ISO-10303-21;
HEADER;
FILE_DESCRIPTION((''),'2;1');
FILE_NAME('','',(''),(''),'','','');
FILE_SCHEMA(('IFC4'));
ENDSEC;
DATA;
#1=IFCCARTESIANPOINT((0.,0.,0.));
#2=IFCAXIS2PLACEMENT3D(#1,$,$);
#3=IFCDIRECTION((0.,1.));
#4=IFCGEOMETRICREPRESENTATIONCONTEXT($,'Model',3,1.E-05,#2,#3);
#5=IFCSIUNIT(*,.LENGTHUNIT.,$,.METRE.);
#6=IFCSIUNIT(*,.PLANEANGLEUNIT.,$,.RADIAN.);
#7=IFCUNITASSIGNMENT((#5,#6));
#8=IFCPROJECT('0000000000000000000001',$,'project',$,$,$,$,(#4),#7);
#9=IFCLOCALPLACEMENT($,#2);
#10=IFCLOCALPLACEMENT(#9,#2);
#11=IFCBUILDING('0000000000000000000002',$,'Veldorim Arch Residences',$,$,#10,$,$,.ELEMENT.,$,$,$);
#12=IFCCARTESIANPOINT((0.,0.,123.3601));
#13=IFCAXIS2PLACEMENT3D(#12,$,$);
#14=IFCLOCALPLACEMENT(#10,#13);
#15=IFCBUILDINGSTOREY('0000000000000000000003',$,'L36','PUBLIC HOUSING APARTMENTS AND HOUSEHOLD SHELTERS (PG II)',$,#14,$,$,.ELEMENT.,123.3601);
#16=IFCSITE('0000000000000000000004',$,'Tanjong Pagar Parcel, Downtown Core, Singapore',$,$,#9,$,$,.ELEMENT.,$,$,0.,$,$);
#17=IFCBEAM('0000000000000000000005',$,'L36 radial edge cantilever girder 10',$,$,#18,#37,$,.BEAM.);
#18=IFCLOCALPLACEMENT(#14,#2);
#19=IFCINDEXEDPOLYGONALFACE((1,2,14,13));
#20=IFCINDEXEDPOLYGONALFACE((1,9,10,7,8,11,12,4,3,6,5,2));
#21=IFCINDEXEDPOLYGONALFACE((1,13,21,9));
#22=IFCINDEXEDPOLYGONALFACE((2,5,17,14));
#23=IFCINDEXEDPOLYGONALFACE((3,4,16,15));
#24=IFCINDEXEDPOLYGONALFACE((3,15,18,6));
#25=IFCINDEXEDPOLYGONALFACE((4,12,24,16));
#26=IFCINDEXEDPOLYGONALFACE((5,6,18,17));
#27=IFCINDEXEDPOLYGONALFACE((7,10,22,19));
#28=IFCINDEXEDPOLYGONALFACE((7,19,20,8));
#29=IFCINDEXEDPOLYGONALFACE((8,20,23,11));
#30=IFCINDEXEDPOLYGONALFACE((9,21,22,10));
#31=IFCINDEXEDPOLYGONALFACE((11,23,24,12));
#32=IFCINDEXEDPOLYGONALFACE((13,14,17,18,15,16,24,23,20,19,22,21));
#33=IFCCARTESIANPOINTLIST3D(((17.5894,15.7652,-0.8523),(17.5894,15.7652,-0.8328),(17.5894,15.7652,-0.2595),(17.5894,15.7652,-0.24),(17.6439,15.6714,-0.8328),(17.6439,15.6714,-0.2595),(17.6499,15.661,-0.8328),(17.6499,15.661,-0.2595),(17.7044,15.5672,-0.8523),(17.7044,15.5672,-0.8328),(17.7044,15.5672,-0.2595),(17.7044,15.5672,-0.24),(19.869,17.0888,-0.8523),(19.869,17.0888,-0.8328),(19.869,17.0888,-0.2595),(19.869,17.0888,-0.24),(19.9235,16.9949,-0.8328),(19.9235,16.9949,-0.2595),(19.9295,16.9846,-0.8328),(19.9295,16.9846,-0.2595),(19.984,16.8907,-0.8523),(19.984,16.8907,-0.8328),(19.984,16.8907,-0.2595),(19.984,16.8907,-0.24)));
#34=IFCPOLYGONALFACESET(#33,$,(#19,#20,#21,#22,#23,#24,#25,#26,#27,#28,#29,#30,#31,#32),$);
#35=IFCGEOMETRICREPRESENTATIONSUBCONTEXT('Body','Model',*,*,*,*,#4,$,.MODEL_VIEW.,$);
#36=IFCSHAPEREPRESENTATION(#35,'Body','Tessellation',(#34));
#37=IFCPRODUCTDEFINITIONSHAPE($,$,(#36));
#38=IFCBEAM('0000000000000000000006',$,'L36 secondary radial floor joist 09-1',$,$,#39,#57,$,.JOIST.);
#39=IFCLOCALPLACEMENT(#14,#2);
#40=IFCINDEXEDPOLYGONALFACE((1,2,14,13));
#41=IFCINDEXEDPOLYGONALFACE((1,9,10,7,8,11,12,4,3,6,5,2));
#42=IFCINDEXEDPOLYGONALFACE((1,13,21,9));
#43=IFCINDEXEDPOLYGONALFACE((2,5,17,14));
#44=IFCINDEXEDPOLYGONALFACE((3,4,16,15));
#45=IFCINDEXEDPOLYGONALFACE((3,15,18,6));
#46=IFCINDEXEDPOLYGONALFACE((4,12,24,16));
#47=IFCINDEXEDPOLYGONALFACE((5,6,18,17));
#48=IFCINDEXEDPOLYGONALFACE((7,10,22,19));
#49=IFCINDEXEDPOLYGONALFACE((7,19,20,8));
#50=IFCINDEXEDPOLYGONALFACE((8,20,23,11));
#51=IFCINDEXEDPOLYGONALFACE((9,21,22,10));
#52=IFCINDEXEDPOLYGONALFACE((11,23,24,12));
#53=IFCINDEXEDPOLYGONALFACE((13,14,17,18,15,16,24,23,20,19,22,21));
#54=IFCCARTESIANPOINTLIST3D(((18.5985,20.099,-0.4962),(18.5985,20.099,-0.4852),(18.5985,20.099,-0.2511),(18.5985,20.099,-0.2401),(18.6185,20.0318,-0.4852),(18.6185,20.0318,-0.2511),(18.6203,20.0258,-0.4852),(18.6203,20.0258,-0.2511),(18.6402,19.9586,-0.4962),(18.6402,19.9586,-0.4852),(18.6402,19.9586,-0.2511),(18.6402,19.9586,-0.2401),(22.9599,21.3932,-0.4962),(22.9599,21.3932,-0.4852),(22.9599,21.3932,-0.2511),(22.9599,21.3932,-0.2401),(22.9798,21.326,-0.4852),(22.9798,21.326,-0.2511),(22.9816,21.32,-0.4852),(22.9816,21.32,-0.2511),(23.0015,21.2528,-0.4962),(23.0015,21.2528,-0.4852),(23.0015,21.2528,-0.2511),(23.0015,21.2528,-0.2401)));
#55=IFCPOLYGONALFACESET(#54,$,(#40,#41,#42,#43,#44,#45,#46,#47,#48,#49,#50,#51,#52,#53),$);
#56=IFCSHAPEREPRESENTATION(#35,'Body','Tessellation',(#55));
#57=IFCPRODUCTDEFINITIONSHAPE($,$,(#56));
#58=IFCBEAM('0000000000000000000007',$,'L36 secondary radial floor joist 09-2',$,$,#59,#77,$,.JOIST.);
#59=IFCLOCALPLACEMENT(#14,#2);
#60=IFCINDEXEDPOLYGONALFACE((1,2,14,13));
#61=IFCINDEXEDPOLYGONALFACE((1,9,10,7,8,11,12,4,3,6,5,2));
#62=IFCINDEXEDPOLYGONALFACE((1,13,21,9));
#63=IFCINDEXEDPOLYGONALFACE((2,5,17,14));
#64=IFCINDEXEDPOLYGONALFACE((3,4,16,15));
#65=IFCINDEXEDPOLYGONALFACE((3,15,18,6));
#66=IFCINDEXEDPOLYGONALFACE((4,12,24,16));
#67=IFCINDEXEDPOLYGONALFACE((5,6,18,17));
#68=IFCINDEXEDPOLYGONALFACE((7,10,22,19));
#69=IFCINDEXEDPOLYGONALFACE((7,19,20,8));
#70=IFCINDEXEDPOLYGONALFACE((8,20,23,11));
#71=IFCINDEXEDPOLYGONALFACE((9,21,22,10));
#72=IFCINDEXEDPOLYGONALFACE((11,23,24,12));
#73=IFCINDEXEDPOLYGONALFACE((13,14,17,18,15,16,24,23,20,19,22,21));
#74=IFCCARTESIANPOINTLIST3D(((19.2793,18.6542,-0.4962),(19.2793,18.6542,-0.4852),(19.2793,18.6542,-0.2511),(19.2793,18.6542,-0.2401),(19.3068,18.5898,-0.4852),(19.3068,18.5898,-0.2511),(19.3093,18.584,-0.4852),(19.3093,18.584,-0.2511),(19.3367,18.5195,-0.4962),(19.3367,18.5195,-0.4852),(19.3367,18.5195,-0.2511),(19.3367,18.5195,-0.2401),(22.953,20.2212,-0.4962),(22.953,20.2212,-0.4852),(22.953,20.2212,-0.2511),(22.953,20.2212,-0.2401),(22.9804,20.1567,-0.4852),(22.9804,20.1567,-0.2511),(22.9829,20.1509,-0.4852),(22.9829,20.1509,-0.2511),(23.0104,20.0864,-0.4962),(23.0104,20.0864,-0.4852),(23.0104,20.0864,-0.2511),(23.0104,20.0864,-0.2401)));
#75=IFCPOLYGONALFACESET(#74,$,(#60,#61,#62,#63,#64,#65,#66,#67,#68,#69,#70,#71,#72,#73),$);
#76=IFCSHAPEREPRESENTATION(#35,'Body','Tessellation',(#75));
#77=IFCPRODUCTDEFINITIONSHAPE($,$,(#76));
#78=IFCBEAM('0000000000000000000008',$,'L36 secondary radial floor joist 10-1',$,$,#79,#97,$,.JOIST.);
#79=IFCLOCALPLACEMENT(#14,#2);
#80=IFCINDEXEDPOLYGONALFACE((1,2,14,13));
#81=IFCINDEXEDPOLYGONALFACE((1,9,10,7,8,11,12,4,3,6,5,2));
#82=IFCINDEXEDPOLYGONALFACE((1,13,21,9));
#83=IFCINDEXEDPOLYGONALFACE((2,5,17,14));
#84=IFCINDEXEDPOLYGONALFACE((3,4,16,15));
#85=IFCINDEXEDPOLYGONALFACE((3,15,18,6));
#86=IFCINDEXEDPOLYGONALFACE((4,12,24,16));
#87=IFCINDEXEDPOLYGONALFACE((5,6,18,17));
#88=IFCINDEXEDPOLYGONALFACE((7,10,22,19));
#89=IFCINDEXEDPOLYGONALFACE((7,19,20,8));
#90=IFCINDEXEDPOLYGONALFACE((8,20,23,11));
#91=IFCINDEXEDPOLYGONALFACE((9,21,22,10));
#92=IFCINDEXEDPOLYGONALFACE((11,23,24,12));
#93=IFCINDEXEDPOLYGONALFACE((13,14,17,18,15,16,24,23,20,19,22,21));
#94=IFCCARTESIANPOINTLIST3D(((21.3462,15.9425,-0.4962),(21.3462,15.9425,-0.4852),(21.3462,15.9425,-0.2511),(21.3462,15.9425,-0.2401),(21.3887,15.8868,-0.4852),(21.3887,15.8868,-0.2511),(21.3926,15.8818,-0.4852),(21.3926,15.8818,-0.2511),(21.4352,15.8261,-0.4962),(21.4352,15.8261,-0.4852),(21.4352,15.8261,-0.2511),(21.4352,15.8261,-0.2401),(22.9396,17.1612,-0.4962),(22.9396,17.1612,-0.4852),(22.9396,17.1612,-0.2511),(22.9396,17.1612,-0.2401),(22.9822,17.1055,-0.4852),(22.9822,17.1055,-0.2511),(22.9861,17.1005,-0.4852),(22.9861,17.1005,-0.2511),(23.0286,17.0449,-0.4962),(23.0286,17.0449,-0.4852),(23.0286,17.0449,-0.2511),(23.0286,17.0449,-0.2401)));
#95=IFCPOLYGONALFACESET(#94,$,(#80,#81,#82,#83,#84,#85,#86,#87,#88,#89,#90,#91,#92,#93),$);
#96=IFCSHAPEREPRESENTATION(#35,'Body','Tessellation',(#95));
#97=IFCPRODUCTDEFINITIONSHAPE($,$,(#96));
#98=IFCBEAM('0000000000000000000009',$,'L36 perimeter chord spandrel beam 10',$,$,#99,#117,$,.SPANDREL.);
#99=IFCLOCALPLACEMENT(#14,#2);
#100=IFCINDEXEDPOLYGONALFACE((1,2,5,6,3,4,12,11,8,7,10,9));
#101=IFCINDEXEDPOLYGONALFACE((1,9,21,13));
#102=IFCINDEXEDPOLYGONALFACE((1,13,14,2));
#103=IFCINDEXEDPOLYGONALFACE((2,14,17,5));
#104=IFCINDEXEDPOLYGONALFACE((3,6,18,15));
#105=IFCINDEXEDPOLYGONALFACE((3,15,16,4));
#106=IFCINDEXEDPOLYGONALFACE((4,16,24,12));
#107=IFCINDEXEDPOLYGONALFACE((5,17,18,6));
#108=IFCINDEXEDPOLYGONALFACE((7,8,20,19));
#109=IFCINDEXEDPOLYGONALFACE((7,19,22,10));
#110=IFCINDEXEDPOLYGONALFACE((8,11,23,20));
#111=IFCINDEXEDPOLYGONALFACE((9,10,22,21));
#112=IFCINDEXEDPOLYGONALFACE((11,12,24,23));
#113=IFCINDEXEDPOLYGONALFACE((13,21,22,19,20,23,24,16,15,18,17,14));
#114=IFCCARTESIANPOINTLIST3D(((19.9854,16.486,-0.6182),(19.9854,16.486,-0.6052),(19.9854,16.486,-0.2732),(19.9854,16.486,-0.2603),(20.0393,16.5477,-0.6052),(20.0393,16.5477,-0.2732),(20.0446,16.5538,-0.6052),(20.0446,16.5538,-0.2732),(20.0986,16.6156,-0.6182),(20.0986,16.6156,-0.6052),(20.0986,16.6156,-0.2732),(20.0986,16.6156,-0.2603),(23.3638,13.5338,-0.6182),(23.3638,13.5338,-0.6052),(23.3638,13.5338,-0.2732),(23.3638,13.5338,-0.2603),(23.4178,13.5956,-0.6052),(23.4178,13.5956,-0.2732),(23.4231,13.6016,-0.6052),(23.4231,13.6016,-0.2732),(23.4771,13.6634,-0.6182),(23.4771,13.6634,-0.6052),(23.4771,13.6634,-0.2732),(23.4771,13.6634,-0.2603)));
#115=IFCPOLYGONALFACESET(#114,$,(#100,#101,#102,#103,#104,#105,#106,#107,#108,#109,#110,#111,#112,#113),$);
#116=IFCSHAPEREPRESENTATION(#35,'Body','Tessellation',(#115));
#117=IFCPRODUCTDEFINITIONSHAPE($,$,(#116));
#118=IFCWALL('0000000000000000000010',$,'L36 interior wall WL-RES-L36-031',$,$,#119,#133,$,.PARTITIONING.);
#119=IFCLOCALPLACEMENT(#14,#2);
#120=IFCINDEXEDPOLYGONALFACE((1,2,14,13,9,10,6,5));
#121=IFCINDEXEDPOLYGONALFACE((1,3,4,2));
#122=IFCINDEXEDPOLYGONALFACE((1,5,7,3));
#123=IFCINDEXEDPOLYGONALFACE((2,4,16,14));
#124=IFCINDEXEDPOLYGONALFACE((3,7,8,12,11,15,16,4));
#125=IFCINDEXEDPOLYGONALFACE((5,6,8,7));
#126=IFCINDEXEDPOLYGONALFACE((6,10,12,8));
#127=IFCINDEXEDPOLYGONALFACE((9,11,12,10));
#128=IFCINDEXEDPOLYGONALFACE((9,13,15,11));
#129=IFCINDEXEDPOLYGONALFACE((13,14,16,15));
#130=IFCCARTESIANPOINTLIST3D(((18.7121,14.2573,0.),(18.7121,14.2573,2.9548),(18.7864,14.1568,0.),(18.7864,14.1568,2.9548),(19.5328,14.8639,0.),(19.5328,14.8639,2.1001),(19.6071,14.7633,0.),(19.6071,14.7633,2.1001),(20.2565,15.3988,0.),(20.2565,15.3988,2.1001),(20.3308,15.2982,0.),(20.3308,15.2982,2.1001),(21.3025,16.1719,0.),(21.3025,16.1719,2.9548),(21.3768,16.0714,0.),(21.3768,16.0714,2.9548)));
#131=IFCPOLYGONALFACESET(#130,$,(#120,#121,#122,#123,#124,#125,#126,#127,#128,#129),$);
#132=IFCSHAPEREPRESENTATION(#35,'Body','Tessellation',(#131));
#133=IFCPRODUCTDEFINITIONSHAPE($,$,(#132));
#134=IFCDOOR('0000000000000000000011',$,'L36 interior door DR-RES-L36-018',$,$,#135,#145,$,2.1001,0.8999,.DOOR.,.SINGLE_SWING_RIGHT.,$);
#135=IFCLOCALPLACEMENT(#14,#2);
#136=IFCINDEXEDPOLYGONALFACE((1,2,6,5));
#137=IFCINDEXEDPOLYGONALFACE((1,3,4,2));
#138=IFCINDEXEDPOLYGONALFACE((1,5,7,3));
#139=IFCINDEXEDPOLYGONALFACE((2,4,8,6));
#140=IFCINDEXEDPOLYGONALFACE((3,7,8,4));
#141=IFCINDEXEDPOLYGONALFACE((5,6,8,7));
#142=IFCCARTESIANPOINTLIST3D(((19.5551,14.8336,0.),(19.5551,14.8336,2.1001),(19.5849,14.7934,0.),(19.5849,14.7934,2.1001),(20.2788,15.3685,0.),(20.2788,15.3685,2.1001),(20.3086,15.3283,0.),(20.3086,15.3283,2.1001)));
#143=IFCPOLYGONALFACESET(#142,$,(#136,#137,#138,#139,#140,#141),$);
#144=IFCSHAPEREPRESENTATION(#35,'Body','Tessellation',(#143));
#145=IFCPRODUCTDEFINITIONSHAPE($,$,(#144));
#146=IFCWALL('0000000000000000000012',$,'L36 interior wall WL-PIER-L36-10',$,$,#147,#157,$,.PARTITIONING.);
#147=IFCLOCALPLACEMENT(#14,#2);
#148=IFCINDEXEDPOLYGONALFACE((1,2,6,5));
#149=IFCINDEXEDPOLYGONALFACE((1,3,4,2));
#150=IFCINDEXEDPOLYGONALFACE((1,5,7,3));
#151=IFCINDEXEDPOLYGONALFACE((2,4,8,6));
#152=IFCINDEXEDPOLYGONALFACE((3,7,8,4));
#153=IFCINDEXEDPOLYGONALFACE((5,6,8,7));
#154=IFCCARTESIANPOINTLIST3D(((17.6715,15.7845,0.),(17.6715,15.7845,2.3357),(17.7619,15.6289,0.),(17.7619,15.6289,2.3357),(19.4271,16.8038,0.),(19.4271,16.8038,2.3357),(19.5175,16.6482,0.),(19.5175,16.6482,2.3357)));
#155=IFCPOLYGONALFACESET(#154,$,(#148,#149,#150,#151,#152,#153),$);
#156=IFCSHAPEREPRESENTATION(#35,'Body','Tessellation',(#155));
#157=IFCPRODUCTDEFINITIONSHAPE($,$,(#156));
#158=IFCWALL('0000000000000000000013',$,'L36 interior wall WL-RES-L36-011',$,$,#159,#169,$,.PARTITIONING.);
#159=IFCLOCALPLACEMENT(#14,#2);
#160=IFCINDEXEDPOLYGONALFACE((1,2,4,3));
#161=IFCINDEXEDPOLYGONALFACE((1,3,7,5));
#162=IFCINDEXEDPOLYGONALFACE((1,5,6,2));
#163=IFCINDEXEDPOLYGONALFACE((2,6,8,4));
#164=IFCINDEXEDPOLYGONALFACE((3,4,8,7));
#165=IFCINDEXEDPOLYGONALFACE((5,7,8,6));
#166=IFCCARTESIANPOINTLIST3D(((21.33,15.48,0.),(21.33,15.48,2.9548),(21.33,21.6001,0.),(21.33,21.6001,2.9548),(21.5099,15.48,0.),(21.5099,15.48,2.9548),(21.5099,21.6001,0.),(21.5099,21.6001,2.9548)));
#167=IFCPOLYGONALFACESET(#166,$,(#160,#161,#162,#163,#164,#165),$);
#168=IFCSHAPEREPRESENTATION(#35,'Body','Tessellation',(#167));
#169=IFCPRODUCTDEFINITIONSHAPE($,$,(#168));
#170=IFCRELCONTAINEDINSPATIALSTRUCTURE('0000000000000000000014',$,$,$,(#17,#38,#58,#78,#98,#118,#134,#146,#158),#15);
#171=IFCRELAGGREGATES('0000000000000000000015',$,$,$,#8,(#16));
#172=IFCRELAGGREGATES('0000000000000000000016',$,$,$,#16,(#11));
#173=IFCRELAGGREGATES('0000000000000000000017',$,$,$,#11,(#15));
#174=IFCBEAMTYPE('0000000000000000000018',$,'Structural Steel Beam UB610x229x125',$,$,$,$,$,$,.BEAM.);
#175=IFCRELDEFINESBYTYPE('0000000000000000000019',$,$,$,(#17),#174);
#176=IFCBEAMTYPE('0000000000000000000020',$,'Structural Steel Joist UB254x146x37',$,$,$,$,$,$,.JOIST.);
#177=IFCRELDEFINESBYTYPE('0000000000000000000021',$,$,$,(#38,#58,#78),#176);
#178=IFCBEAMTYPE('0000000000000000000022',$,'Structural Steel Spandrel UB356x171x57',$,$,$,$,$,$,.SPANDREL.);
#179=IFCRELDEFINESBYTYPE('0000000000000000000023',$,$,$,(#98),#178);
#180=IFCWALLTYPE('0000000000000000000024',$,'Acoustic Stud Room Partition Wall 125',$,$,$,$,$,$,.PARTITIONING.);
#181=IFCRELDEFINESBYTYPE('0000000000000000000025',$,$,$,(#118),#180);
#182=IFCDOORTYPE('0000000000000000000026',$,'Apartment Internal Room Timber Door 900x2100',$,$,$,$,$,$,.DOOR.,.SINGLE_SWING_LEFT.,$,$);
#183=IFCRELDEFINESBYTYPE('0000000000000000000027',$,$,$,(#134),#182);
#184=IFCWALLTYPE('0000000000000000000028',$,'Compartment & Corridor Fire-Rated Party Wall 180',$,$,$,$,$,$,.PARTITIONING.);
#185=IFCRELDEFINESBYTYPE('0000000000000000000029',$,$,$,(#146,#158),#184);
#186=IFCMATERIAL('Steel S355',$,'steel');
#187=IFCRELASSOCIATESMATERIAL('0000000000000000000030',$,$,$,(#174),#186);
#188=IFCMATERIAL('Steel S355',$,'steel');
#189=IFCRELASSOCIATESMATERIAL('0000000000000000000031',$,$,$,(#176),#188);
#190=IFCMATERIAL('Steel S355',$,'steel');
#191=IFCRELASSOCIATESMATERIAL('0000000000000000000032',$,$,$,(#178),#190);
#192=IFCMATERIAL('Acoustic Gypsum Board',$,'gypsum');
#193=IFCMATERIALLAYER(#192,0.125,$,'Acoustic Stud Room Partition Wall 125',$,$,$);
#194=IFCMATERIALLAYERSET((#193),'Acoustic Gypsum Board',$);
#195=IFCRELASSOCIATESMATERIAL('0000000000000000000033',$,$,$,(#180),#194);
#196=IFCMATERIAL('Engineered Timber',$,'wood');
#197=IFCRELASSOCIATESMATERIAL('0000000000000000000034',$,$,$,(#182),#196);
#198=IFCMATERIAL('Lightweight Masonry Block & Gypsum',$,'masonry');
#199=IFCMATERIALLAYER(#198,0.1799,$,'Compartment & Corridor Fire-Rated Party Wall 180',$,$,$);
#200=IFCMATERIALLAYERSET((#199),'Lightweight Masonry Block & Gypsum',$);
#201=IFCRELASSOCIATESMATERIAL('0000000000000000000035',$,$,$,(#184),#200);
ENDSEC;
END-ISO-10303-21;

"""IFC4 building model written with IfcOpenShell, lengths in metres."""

from ifc_helpers import new_model, si_unit, direction, frame, frame_2d, origin, origin_2d, place, context, subcontext, project, spatial, rectangle, i_section, extrude, material, layer, layer_set, material_profile, profile_set, type_object, element, fill, save


model = new_model("IFC4")

# Units and contexts
model_context = context("Model", 3, precision=1e-05, world=origin(), true_north=direction((0.0, 1.0)))
body_context = subcontext(model_context, "Body", "Model", "MODEL_VIEW")
ifc_project = project(units=[si_unit("LENGTHUNIT", "METRE"), si_unit("PLANEANGLEUNIT", "RADIAN")], contexts=[model_context])

# Site, building, storey
site_placement = place(None, origin())
site = spatial("IfcSite", under=ifc_project, at=site_placement, Name="Tanjong Pagar Parcel, Downtown Core, Singapore", CompositionType="ELEMENT", RefElevation=0.0)
building_placement = place(site_placement, origin())
building = spatial("IfcBuilding", under=site, at=building_placement, Name="Veldorim Arch Residences", CompositionType="ELEMENT")
storey_placement = place(building_placement, frame((0.0, 0.0, 123.3601)))
storey = spatial("IfcBuildingStorey", under=building, at=storey_placement, Name="L36", Description="PUBLIC HOUSING APARTMENTS AND HOUSEHOLD SHELTERS (PG II)", CompositionType="ELEMENT", Elevation=123.3601)

# Beams
ifc_material_1 = material(Name="Steel S355", Category="steel")
ifc_material_profile_1 = material_profile(ifc_material_1, i_section(OverallWidth=0.229, OverallDepth=0.6123, WebThickness=0.012, FlangeThickness=0.0195, at=origin_2d()), Name="UB610x229x125")
ifc_profile_set_1 = profile_set([ifc_material_profile_1], Name="Steel S355")
beam_type_1 = type_object("IfcBeamType", Name="Structural Steel Beam UB610x229x125", PredefinedType="BEAM", material=ifc_profile_set_1)
beam_1_placement = place(storey_placement, frame((19.9265, 16.9897, -0.5461), z_axis=(-0.864808, -0.502102, 0.0), x_axis=(0.502102, -0.864808, 0.0)))
element("IfcBeam", 1, at=beam_1_placement, inside=storey, type_object=beam_type_1, Name="L36 radial edge cantilever girder 10", PredefinedType="BEAM", context=body_context, shape_type="SweptSolid", body=[
    extrude(i_section(OverallWidth=0.229, OverallDepth=0.6123, WebThickness=0.012, FlangeThickness=0.0195, at=origin_2d()), origin(), (0.0, 0.0, 1.0), 2.636),
])
ifc_material_2 = material(Name="Steel S355", Category="steel")
ifc_material_profile_2 = material_profile(ifc_material_2, i_section(OverallWidth=0.1465, OverallDepth=0.2561, WebThickness=0.0063, FlangeThickness=0.011, at=origin_2d()), Name="UB254x146x37")
ifc_profile_set_2 = profile_set([ifc_material_profile_2], Name="Steel S355")
beam_type_2 = type_object("IfcBeamType", Name="Structural Steel Joist UB254x146x37", PredefinedType="JOIST", material=ifc_profile_set_2)
beam_2_placement = place(storey_placement, frame((22.9807, 21.323, -0.3682), z_axis=(-0.958682, -0.284481, 0.0), x_axis=(0.284481, -0.958682, 0.0)))
element("IfcBeam", 2, at=beam_2_placement, inside=storey, type_object=beam_type_2, Name="L36 secondary radial floor joist 09-1", PredefinedType="JOIST", context=body_context, shape_type="SweptSolid", body=[
    extrude(i_section(OverallWidth=0.1465, OverallDepth=0.2561, WebThickness=0.0063, FlangeThickness=0.011, at=origin_2d()), origin(), (0.0, 0.0, 1.0), 4.5493),
])
beam_3_placement = place(storey_placement, frame((22.9817, 20.1538, -0.3682), z_axis=(-0.919823, -0.392332, 0.0), x_axis=(0.392332, -0.919823, 0.0)))
element("IfcBeam", 3, at=beam_3_placement, inside=storey, type_object=beam_type_2, Name="L36 secondary radial floor joist 09-2", PredefinedType="JOIST", context=body_context, shape_type="SweptSolid", body=[
    extrude(i_section(OverallWidth=0.1465, OverallDepth=0.2561, WebThickness=0.0063, FlangeThickness=0.011, at=origin_2d()), origin(), (0.0, 0.0, 1.0), 3.9939),
])
beam_4_placement = place(storey_placement, frame((22.9841, 17.103, -0.3682), z_axis=(-0.794313, -0.607509, 0.0), x_axis=(0.607509, -0.794313, 0.0)))
element("IfcBeam", 4, at=beam_4_placement, inside=storey, type_object=beam_type_2, Name="L36 secondary radial floor joist 10-1", PredefinedType="JOIST", context=body_context, shape_type="SweptSolid", body=[
    extrude(i_section(OverallWidth=0.1465, OverallDepth=0.2561, WebThickness=0.0063, FlangeThickness=0.011, at=origin_2d()), origin(), (0.0, 0.0, 1.0), 2.0061),
])
ifc_material_3 = material(Name="Steel S355", Category="steel")
ifc_material_profile_3 = material_profile(ifc_material_3, i_section(OverallWidth=0.1721, OverallDepth=0.3579, WebThickness=0.0081, FlangeThickness=0.0129, at=origin_2d()), Name="UB356x171x57")
ifc_profile_set_3 = profile_set([ifc_material_profile_3], Name="Steel S355")
beam_type_3 = type_object("IfcBeamType", Name="Structural Steel Spandrel UB356x171x57", PredefinedType="SPANDREL", material=ifc_profile_set_3)
beam_5_placement = place(storey_placement, frame((20.042, 16.5508, -0.4392), z_axis=(0.753015, -0.658004, 0.0), x_axis=(0.658004, 0.753015, 0.0)))
element("IfcBeam", 5, at=beam_5_placement, inside=storey, type_object=beam_type_3, Name="L36 perimeter chord spandrel beam 10", PredefinedType="SPANDREL", context=body_context, shape_type="SweptSolid", body=[
    extrude(i_section(OverallWidth=0.1721, OverallDepth=0.3579, WebThickness=0.0081, FlangeThickness=0.0129, at=origin_2d()), origin(), (0.0, 0.0, 1.0), 4.4866),
])

# Wall, opening, door
ifc_material_4 = material(Name="Acoustic Gypsum Board", Category="gypsum")
ifc_layer_1 = layer(ifc_material_4, 0.125, Name="Acoustic Stud Room Partition Wall 125")
ifc_layer_set_1 = layer_set([ifc_layer_1], Name="Acoustic Gypsum Board")
wall_type_1 = type_object("IfcWallType", Name="Acoustic Stud Room Partition Wall 125", PredefinedType="PARTITIONING", material=ifc_layer_set_1)
wall_1_placement = place(storey_placement, frame((18.7493, 14.207, 0.0), z_axis=(0.0, 0.0, 1.0), x_axis=(0.804182, 0.594383, 0.0)))
wall_1 = element("IfcWall", 6, at=wall_1_placement, inside=storey, type_object=wall_type_1, Name="L36 interior wall WL-RES-L36-031", PredefinedType="PARTITIONING", context=body_context, shape_type="SweptSolid", body=[
    extrude(rectangle(XDim=3.2212, YDim=0.125, at=frame_2d((1.6106, 0.0))), origin(), (0.0, 0.0, 1.0), 2.9548),
])
opening_1_placement = place(wall_1_placement, frame((1.0205, 0.0, 0.0)))
opening_1 = element("IfcOpeningElement", 7, at=opening_1_placement, cuts=wall_1, PredefinedType="OPENING", context=body_context, shape_type="SweptSolid", body=[
    extrude(rectangle(XDim=0.8999, YDim=2.1001, at=frame_2d((0.45, 1.05))), frame((0.0, 0.0725, 0.0), z_axis=(0.0, -1.0, 0.0), x_axis=(1.0, 0.0, 0.0)), (0.0, 0.0, 1.0), 0.145),
])
ifc_material_5 = material(Name="Engineered Timber", Category="wood")
door_type_1 = type_object("IfcDoorType", Name="Apartment Internal Room Timber Door 900x2100", OperationType="SINGLE_SWING_LEFT", PredefinedType="DOOR", material=ifc_material_5)
door_1_placement = place(opening_1_placement, origin())
door_1 = element("IfcDoor", 8, at=door_1_placement, inside=storey, type_object=door_type_1, Name="L36 interior door DR-RES-L36-018", OperationType="SINGLE_SWING_RIGHT", OverallHeight=2.1001, OverallWidth=0.8999, PredefinedType="DOOR", context=body_context, shape_type="SweptSolid", body=[
    extrude(rectangle(XDim=0.8999, YDim=2.1001, at=frame_2d((0.45, 1.05))), frame((0.0, 0.0249, 0.0), z_axis=(0.0, -1.0, 0.0), x_axis=(1.0, 0.0, 0.0)), (0.0, 0.0, 1.0), 0.05),
])
fill(opening_1, door_1)

# Walls
ifc_material_6 = material(Name="Lightweight Masonry Block & Gypsum", Category="masonry")
ifc_layer_2 = layer(ifc_material_6, 0.1799, Name="Compartment & Corridor Fire-Rated Party Wall 180")
ifc_layer_set_2 = layer_set([ifc_layer_2], Name="Lightweight Masonry Block & Gypsum")
wall_type_2 = type_object("IfcWallType", Name="Compartment & Corridor Fire-Rated Party Wall 180", PredefinedType="PARTITIONING", material=ifc_layer_set_2)
wall_2_placement = place(storey_placement, frame((19.4724, 16.7261, 0.0), z_axis=(0.0, 0.0, 1.0), x_axis=(-0.864811, -0.502098, 0.0)))
element("IfcWall", 9, at=wall_2_placement, inside=storey, type_object=wall_type_2, Name="L36 interior wall WL-PIER-L36-10", PredefinedType="PARTITIONING", context=body_context, shape_type="SweptSolid", body=[
    extrude(rectangle(XDim=2.03, YDim=0.1799, at=frame_2d((1.0151, 0.0))), origin(), (0.0, 0.0, 1.0), 2.3357),
])
wall_3_placement = place(storey_placement, frame((21.4199, 15.48, 0.0), z_axis=(0.0, 0.0, 1.0), x_axis=(0.0, 1.0, 0.0)))
element("IfcWall", 10, at=wall_3_placement, inside=storey, type_object=wall_type_2, Name="L36 interior wall WL-RES-L36-011", PredefinedType="PARTITIONING", context=body_context, shape_type="SweptSolid", body=[
    extrude(rectangle(XDim=6.1201, YDim=0.1799, at=frame_2d((3.0601, 0.0))), origin(), (0.0, 0.0, 1.0), 2.9548),
])

save(model, "model.ifc")
